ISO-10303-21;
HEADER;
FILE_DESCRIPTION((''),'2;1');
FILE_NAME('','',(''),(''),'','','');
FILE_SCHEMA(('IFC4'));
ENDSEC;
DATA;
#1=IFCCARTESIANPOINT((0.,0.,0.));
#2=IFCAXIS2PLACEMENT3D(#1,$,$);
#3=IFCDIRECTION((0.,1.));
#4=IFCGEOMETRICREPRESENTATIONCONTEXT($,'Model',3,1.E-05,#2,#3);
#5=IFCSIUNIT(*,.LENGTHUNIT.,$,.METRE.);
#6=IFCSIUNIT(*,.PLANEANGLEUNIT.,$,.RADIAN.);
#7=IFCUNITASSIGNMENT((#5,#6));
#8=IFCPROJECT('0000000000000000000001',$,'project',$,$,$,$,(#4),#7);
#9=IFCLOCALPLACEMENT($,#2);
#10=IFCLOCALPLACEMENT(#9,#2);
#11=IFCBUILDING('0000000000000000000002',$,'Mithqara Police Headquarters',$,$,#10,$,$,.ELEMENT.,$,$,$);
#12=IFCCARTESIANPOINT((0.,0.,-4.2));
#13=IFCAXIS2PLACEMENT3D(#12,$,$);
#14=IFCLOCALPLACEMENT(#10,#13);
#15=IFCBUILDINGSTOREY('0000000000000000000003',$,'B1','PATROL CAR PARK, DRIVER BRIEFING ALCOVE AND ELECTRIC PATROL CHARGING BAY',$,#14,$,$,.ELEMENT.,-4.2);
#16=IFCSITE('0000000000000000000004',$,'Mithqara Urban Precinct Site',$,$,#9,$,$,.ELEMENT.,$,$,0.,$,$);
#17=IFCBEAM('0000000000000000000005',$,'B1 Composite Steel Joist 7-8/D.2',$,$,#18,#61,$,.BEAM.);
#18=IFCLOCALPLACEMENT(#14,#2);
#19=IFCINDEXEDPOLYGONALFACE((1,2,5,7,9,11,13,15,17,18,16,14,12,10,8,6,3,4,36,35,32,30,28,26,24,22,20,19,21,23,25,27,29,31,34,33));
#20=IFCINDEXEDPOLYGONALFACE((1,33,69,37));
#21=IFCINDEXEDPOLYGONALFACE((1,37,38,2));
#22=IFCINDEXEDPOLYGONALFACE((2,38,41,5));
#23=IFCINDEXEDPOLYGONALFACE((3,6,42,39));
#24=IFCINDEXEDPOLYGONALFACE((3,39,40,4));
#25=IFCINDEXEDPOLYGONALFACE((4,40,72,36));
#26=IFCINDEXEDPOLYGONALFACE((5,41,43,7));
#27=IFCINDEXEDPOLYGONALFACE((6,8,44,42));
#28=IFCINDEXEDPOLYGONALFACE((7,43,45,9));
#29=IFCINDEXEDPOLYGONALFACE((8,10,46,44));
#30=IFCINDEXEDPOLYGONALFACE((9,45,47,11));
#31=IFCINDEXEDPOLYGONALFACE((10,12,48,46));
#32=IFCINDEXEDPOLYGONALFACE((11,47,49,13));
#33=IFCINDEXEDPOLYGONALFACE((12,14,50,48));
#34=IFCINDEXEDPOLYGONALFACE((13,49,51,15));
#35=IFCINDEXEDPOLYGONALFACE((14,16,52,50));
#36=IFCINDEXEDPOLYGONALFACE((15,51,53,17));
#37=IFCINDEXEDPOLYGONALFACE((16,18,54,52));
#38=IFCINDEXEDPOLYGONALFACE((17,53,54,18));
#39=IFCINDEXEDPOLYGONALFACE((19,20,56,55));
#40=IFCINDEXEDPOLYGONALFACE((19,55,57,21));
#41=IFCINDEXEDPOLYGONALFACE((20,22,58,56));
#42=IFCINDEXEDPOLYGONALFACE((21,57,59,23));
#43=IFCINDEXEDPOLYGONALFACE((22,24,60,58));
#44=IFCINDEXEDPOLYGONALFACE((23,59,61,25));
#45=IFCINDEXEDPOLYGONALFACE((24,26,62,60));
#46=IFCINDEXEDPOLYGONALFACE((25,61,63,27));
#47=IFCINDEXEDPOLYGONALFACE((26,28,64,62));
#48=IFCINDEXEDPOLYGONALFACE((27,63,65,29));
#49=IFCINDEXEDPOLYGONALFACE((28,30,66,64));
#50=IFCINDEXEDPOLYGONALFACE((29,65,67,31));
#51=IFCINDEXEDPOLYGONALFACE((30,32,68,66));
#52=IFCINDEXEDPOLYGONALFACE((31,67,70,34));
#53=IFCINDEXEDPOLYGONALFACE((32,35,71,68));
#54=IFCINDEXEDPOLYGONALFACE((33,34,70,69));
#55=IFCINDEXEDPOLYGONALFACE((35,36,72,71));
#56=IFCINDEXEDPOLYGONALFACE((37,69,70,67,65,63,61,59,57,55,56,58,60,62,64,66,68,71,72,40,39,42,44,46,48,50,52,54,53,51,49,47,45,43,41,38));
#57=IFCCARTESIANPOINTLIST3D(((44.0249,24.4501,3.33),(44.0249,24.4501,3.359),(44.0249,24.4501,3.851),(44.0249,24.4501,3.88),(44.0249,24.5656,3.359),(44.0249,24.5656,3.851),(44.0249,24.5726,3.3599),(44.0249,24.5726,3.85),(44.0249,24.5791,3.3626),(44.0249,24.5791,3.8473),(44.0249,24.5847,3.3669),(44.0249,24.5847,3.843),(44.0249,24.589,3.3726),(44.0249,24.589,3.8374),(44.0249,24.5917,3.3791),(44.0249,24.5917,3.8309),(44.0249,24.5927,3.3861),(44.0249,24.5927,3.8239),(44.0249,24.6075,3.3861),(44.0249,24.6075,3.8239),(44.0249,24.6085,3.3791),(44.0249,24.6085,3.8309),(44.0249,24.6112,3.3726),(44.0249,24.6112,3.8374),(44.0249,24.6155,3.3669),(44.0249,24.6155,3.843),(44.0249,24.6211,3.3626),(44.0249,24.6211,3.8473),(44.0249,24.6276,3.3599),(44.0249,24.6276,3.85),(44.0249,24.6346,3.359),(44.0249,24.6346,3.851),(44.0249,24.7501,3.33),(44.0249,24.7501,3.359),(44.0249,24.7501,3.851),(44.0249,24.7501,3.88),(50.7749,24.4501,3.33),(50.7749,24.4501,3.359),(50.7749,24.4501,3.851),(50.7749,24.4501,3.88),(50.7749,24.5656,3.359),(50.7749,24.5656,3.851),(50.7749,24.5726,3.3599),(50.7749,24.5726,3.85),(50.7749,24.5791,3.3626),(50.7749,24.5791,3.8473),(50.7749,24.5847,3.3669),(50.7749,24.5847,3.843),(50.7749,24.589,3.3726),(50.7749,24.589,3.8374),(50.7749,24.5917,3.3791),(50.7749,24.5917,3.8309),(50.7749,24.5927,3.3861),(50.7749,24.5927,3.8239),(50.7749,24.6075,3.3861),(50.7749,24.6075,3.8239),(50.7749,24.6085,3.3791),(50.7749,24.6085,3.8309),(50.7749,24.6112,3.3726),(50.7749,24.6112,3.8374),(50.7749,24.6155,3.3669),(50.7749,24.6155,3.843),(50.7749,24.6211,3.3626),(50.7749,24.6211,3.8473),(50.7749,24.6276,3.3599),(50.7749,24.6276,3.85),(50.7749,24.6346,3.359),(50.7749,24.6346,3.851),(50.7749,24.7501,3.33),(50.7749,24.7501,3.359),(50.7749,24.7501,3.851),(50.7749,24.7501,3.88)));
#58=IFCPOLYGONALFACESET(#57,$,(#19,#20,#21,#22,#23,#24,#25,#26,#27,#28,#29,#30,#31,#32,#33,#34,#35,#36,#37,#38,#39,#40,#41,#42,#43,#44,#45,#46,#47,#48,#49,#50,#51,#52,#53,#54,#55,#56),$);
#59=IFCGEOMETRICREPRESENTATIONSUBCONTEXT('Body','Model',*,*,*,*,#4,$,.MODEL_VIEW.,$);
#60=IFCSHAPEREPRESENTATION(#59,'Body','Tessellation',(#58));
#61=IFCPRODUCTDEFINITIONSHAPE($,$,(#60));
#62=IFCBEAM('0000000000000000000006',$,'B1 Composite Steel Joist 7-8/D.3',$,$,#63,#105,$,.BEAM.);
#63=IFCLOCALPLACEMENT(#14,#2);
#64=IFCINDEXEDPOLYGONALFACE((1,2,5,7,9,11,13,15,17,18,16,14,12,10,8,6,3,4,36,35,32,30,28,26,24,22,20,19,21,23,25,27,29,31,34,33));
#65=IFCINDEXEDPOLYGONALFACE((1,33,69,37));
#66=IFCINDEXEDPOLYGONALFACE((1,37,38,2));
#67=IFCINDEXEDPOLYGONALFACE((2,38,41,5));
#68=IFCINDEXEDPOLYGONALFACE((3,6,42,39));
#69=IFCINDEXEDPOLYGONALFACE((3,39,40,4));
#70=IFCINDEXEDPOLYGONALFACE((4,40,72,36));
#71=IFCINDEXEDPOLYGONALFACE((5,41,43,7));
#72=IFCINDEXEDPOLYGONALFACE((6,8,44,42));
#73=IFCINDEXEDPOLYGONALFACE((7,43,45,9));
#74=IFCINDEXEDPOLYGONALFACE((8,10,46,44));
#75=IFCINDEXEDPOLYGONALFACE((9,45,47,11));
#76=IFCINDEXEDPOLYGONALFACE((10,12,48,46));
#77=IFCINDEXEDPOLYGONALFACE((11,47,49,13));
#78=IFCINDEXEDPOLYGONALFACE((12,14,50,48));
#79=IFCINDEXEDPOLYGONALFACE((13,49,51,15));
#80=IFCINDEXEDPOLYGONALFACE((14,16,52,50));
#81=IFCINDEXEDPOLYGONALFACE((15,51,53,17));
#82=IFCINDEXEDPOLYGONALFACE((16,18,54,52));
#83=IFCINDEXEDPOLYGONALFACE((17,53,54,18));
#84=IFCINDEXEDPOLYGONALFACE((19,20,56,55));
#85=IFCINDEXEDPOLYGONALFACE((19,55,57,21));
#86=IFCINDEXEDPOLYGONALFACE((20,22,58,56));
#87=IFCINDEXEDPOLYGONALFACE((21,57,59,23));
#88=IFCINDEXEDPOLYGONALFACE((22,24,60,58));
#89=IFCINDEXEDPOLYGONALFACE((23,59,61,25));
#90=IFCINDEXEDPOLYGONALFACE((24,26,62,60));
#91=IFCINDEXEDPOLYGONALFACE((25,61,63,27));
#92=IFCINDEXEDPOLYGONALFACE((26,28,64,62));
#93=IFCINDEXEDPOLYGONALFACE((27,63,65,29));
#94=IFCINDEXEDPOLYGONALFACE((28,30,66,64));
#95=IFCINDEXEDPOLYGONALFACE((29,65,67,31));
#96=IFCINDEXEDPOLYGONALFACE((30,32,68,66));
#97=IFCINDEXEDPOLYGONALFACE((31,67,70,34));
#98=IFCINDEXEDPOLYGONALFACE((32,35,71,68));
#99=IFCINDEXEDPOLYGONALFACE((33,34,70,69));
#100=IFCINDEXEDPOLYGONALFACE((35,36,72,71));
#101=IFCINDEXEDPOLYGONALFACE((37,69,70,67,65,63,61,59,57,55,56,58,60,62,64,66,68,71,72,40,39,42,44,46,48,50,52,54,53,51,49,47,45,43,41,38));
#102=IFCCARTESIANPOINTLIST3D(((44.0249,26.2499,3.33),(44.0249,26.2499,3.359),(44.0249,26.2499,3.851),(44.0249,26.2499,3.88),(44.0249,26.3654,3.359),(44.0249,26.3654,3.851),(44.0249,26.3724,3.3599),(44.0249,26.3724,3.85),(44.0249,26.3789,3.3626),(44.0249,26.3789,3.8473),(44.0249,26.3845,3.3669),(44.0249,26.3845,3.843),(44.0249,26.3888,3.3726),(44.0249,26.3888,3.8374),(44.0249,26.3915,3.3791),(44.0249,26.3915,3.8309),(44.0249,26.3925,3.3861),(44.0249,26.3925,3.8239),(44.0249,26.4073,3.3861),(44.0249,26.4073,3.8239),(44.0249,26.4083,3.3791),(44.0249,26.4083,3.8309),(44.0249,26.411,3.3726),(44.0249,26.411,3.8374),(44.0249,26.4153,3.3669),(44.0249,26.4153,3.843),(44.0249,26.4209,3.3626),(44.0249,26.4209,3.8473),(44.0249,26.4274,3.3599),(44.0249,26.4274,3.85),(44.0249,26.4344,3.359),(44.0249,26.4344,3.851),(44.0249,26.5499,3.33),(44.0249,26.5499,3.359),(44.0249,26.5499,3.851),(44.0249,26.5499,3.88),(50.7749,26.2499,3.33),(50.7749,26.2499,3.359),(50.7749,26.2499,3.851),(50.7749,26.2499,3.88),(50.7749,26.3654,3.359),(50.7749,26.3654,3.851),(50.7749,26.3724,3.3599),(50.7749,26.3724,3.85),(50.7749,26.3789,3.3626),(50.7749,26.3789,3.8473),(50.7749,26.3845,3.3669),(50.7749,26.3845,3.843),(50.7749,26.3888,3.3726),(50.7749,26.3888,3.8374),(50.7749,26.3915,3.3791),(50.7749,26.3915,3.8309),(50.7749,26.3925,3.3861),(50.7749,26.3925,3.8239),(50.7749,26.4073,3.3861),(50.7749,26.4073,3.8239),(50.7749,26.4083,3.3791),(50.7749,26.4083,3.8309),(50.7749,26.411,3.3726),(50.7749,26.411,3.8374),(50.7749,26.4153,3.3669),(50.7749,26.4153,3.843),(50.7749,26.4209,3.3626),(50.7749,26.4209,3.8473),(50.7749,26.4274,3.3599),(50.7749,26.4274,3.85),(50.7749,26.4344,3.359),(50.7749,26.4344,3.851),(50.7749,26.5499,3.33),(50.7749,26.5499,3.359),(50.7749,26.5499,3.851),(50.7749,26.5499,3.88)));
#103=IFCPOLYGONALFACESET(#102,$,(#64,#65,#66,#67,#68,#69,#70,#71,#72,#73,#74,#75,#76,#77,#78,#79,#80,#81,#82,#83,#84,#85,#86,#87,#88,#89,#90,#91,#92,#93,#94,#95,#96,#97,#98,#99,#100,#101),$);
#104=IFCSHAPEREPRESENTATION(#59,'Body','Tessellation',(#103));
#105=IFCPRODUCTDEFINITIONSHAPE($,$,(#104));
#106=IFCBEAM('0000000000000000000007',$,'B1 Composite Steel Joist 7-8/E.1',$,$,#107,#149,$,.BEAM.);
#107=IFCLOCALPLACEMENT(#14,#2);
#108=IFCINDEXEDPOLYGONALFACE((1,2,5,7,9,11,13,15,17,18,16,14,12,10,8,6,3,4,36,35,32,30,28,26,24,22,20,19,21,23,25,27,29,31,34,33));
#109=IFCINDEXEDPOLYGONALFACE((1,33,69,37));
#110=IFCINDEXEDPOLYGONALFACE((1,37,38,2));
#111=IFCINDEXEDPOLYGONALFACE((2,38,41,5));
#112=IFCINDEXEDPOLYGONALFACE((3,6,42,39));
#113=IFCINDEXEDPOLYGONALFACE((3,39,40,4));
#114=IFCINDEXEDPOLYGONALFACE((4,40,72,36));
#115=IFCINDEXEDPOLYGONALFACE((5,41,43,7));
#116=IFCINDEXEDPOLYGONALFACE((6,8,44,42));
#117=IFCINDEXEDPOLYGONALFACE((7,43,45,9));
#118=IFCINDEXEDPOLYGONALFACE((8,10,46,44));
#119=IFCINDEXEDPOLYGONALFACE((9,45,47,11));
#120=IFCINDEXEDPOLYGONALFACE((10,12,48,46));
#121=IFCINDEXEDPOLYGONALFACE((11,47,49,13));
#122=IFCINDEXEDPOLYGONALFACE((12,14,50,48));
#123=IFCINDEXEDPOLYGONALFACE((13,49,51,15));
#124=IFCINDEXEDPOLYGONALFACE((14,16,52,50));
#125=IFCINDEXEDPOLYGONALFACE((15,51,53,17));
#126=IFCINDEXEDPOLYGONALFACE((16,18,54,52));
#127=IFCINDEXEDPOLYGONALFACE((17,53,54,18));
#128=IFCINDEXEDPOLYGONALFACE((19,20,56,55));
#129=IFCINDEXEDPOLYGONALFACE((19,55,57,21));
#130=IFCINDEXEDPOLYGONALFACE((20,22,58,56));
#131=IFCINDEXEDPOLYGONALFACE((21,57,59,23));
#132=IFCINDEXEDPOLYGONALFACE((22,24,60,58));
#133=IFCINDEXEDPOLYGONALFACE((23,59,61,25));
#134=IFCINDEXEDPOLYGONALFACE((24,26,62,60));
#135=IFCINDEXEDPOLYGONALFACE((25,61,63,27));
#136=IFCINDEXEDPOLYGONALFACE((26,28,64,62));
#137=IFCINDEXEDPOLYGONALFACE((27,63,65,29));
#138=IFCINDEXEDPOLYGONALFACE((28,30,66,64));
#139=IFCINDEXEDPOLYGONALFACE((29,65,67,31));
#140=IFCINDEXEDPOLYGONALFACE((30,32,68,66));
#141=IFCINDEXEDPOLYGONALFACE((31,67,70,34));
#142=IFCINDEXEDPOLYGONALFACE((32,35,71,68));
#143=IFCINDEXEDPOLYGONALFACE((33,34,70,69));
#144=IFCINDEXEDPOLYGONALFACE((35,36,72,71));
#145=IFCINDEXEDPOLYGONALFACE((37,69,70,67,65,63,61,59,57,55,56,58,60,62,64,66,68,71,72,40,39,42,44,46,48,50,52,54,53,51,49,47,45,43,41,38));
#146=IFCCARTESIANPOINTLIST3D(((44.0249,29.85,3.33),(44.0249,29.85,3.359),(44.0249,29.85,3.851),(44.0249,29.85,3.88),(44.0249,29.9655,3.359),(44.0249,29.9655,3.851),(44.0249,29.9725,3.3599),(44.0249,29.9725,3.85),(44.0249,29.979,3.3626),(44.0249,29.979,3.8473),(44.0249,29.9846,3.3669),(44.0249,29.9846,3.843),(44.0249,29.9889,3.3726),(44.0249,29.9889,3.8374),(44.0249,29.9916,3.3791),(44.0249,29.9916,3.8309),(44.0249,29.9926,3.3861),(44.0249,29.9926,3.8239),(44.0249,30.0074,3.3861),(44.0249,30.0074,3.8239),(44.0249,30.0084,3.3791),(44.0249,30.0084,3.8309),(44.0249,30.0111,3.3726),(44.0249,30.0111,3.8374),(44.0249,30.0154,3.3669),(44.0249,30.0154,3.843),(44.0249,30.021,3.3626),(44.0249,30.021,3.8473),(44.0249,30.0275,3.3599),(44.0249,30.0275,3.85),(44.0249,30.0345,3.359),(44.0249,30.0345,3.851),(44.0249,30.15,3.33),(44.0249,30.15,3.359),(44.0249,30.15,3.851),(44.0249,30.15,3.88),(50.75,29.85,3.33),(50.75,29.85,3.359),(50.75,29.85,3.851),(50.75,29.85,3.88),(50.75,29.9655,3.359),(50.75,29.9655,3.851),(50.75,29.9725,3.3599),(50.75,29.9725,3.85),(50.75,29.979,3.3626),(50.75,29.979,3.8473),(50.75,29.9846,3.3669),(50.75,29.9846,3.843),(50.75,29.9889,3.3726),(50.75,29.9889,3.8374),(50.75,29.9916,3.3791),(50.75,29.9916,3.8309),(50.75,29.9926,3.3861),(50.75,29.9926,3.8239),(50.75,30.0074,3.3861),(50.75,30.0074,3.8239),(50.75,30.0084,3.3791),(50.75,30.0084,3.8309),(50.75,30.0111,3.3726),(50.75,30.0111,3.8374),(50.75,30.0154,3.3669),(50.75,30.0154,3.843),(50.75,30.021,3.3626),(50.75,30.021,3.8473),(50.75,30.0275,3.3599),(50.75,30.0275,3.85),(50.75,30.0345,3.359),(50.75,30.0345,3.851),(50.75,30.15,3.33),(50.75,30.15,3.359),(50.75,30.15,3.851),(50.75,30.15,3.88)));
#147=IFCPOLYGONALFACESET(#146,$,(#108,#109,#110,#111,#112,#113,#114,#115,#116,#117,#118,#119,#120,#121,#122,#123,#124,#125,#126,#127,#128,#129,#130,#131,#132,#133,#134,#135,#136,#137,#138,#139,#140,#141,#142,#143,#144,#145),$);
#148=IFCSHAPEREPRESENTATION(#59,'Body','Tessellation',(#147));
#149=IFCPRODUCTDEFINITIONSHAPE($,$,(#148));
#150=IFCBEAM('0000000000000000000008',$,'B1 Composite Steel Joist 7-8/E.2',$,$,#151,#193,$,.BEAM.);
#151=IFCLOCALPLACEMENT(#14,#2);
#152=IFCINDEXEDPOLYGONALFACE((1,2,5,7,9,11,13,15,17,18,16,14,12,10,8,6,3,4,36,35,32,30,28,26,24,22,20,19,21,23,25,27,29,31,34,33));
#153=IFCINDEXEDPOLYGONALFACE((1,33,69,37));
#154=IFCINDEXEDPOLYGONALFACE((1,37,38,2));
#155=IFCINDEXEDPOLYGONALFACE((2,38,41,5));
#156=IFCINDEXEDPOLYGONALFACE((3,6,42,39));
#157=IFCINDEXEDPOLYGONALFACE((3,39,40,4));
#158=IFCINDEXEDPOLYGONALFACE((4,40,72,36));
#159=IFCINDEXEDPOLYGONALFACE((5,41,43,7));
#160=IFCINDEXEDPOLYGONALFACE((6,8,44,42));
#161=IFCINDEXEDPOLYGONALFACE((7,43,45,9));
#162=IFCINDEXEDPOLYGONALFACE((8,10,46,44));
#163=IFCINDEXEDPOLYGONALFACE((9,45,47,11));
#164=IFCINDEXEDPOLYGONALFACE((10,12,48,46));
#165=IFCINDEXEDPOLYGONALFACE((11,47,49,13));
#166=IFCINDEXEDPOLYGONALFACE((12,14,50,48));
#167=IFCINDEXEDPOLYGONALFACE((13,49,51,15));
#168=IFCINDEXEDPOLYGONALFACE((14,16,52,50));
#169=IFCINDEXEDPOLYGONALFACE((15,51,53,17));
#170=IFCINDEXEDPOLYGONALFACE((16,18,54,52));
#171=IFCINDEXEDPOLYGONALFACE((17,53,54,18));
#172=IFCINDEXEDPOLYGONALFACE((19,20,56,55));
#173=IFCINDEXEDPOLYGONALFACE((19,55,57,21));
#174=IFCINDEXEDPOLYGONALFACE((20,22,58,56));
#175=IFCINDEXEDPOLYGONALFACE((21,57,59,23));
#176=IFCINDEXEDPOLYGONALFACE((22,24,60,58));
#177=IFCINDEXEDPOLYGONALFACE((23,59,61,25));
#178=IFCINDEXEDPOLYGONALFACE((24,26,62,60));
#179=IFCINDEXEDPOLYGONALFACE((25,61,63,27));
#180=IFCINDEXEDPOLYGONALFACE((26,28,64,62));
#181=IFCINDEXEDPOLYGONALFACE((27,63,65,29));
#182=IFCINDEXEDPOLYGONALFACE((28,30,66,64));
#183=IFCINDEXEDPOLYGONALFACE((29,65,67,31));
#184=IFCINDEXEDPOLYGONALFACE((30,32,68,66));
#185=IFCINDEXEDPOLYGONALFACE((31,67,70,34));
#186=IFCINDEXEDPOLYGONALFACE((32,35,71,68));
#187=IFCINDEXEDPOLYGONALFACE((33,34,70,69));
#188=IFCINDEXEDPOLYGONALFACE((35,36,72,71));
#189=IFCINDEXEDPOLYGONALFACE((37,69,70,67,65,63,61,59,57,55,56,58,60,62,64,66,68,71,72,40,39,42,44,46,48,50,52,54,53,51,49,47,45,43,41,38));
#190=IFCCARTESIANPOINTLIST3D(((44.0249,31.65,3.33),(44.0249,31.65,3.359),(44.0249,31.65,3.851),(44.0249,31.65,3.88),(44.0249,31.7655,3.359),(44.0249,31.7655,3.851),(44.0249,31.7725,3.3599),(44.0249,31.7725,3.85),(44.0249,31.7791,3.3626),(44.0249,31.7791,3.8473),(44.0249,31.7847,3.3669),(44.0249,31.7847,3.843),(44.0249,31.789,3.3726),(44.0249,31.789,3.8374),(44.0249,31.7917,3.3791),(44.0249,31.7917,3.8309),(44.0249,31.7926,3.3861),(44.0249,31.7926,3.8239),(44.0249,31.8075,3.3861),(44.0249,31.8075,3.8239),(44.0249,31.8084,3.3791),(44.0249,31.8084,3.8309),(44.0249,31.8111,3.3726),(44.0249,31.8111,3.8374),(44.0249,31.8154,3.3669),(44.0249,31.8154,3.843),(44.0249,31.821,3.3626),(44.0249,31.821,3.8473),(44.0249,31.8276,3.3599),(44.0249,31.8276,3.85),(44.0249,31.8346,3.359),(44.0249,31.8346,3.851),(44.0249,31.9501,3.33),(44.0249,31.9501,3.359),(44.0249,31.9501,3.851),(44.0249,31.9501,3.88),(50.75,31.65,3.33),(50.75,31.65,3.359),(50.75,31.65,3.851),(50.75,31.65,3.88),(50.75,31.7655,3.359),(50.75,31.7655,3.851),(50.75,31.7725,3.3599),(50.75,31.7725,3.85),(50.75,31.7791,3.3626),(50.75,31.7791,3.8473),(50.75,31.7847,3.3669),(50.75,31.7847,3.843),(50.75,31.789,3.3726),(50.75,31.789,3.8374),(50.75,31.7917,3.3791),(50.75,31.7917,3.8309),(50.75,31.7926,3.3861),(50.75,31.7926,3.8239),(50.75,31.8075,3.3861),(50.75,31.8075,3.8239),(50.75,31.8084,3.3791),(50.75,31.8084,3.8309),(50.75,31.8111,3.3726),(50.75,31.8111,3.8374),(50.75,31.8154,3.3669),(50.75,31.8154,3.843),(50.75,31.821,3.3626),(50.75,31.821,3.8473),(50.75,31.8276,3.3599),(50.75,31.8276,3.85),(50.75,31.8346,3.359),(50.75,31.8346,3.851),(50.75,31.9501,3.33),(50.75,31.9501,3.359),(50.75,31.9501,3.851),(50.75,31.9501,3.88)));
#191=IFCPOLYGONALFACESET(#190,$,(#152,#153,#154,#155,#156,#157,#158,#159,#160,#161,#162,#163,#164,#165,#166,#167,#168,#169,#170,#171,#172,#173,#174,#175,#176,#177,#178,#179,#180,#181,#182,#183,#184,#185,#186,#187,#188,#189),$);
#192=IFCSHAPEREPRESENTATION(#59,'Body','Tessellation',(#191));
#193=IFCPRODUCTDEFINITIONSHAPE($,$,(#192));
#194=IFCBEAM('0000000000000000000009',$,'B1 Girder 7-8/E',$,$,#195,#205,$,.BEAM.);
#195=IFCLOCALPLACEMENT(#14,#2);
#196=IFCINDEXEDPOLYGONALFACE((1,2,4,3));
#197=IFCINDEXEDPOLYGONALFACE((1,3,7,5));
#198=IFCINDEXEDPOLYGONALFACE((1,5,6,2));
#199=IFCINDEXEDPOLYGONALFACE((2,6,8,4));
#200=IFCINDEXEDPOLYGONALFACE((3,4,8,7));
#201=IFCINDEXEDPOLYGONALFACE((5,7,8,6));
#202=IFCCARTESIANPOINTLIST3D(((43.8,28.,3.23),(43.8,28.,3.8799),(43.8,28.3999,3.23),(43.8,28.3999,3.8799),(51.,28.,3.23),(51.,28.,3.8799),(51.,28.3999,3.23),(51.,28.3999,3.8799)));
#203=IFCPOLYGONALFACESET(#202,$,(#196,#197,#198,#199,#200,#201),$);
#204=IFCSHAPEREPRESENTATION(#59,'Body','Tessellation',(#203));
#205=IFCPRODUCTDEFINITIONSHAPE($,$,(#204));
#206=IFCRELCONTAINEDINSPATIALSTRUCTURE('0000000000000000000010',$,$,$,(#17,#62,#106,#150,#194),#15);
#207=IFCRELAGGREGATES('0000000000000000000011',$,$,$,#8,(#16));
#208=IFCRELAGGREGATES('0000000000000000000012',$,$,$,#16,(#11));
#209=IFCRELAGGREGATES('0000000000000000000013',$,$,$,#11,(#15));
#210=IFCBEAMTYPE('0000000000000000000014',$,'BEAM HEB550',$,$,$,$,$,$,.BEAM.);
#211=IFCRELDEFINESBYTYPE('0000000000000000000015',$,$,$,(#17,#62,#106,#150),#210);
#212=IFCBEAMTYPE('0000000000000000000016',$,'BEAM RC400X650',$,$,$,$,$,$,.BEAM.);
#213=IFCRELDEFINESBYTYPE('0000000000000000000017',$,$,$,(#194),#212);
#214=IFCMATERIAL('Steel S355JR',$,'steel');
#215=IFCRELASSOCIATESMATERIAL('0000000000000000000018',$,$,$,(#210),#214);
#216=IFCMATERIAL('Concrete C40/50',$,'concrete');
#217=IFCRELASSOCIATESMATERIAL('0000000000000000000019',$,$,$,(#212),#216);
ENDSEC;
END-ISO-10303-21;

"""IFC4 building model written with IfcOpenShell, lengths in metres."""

from ifc_helpers import new_model, si_unit, direction, frame, origin, origin_2d, place, context, subcontext, project, spatial, rectangle, i_section, extrude, material, material_profile, profile_set, type_object, element, save


model = new_model("IFC4")

# Units and contexts
model_context = context("Model", 3, precision=1e-05, world=origin(), true_north=direction((0.0, 1.0)))
body_context = subcontext(model_context, "Body", "Model", "MODEL_VIEW")
ifc_project = project(units=[si_unit("LENGTHUNIT", "METRE"), si_unit("PLANEANGLEUNIT", "RADIAN")], contexts=[model_context])

# Site, building, storey
site_placement = place(None, origin())
site = spatial("IfcSite", under=ifc_project, at=site_placement, Name="Mithqara Urban Precinct Site", CompositionType="ELEMENT", RefElevation=0.0)
building_placement = place(site_placement, origin())
building = spatial("IfcBuilding", under=site, at=building_placement, Name="Mithqara Police Headquarters", CompositionType="ELEMENT")
storey_placement = place(building_placement, frame((0.0, 0.0, -4.2)))
storey = spatial("IfcBuildingStorey", under=building, at=storey_placement, Name="B1", Description="PATROL CAR PARK, DRIVER BRIEFING ALCOVE AND ELECTRIC PATROL CHARGING BAY", CompositionType="ELEMENT", Elevation=-4.2)

# Shared definitions
ifc_material_1 = material(Name="Concrete C40/50", Category="concrete")

# Beams
ifc_material_2 = material(Name="Steel S355JR", Category="steel")
ifc_material_profile_1 = material_profile(ifc_material_2, i_section(OverallWidth=0.3, OverallDepth=0.55, WebThickness=0.0149, FlangeThickness=0.0291, FilletRadius=0.0271, at=origin_2d()), Name="HEB 550")
ifc_profile_set_1 = profile_set([ifc_material_profile_1], Name="Steel S355JR")
beam_type_1 = type_object("IfcBeamType", Name="BEAM HEB550", PredefinedType="BEAM", material=ifc_profile_set_1)
for number, where, z_axis, x_axis, name in (
    (1, (44.0249, 24.6001, 3.605), (1.0, 0.0, 0.0), (0.0, 1.0, 0.0), "B1 Composite Steel Joist 7-8/D.2"),
    (2, (44.0249, 26.3999, 3.605), (1.0, 0.0, 0.0), (0.0, 1.0, 0.0), "B1 Composite Steel Joist 7-8/D.3"),
):
    element("IfcBeam", number, at=place(storey_placement, frame(where, z_axis=z_axis, x_axis=x_axis)), inside=storey, type_object=beam_type_1, Name=name, PredefinedType="BEAM", context=body_context, shape_type="SweptSolid", body=[
        extrude(i_section(OverallWidth=0.3, OverallDepth=0.55, WebThickness=0.0149, FlangeThickness=0.0291, FilletRadius=0.0271, at=origin_2d()), origin(), (0.0, 0.0, 1.0), 6.75),
    ])
for number, where, z_axis, x_axis, name in (
    (3, (44.0249, 30.0, 3.605), (1.0, 0.0, 0.0), (0.0, 1.0, 0.0), "B1 Composite Steel Joist 7-8/E.1"),
    (4, (44.0249, 31.8, 3.605), (1.0, 0.0, 0.0), (0.0, 1.0, 0.0), "B1 Composite Steel Joist 7-8/E.2"),
):
    element("IfcBeam", number, at=place(storey_placement, frame(where, z_axis=z_axis, x_axis=x_axis)), inside=storey, type_object=beam_type_1, Name=name, PredefinedType="BEAM", context=body_context, shape_type="SweptSolid", body=[
        extrude(i_section(OverallWidth=0.3, OverallDepth=0.55, WebThickness=0.0149, FlangeThickness=0.0291, FilletRadius=0.0271, at=origin_2d()), origin(), (0.0, 0.0, 1.0), 6.7251),
    ])
ifc_material_profile_2 = material_profile(ifc_material_1, rectangle(XDim=0.3999, YDim=0.6499, at=origin_2d()), Name="RC 400x650")
ifc_profile_set_2 = profile_set([ifc_material_profile_2], Name="Concrete C40/50")
beam_type_2 = type_object("IfcBeamType", Name="BEAM RC400X650", PredefinedType="BEAM", material=ifc_profile_set_2)
beam_1_placement = place(storey_placement, frame((43.8, 28.2, 3.5549), z_axis=(1.0, 0.0, 0.0), x_axis=(0.0, 1.0, 0.0)))
element("IfcBeam", 5, at=beam_1_placement, inside=storey, type_object=beam_type_2, Name="B1 Girder 7-8/E", PredefinedType="BEAM", context=body_context, shape_type="SweptSolid", body=[
    extrude(rectangle(XDim=0.3999, YDim=0.6499, at=origin_2d()), origin(), (0.0, 0.0, 1.0), 7.2),
])

save(model, "model.ifc")
